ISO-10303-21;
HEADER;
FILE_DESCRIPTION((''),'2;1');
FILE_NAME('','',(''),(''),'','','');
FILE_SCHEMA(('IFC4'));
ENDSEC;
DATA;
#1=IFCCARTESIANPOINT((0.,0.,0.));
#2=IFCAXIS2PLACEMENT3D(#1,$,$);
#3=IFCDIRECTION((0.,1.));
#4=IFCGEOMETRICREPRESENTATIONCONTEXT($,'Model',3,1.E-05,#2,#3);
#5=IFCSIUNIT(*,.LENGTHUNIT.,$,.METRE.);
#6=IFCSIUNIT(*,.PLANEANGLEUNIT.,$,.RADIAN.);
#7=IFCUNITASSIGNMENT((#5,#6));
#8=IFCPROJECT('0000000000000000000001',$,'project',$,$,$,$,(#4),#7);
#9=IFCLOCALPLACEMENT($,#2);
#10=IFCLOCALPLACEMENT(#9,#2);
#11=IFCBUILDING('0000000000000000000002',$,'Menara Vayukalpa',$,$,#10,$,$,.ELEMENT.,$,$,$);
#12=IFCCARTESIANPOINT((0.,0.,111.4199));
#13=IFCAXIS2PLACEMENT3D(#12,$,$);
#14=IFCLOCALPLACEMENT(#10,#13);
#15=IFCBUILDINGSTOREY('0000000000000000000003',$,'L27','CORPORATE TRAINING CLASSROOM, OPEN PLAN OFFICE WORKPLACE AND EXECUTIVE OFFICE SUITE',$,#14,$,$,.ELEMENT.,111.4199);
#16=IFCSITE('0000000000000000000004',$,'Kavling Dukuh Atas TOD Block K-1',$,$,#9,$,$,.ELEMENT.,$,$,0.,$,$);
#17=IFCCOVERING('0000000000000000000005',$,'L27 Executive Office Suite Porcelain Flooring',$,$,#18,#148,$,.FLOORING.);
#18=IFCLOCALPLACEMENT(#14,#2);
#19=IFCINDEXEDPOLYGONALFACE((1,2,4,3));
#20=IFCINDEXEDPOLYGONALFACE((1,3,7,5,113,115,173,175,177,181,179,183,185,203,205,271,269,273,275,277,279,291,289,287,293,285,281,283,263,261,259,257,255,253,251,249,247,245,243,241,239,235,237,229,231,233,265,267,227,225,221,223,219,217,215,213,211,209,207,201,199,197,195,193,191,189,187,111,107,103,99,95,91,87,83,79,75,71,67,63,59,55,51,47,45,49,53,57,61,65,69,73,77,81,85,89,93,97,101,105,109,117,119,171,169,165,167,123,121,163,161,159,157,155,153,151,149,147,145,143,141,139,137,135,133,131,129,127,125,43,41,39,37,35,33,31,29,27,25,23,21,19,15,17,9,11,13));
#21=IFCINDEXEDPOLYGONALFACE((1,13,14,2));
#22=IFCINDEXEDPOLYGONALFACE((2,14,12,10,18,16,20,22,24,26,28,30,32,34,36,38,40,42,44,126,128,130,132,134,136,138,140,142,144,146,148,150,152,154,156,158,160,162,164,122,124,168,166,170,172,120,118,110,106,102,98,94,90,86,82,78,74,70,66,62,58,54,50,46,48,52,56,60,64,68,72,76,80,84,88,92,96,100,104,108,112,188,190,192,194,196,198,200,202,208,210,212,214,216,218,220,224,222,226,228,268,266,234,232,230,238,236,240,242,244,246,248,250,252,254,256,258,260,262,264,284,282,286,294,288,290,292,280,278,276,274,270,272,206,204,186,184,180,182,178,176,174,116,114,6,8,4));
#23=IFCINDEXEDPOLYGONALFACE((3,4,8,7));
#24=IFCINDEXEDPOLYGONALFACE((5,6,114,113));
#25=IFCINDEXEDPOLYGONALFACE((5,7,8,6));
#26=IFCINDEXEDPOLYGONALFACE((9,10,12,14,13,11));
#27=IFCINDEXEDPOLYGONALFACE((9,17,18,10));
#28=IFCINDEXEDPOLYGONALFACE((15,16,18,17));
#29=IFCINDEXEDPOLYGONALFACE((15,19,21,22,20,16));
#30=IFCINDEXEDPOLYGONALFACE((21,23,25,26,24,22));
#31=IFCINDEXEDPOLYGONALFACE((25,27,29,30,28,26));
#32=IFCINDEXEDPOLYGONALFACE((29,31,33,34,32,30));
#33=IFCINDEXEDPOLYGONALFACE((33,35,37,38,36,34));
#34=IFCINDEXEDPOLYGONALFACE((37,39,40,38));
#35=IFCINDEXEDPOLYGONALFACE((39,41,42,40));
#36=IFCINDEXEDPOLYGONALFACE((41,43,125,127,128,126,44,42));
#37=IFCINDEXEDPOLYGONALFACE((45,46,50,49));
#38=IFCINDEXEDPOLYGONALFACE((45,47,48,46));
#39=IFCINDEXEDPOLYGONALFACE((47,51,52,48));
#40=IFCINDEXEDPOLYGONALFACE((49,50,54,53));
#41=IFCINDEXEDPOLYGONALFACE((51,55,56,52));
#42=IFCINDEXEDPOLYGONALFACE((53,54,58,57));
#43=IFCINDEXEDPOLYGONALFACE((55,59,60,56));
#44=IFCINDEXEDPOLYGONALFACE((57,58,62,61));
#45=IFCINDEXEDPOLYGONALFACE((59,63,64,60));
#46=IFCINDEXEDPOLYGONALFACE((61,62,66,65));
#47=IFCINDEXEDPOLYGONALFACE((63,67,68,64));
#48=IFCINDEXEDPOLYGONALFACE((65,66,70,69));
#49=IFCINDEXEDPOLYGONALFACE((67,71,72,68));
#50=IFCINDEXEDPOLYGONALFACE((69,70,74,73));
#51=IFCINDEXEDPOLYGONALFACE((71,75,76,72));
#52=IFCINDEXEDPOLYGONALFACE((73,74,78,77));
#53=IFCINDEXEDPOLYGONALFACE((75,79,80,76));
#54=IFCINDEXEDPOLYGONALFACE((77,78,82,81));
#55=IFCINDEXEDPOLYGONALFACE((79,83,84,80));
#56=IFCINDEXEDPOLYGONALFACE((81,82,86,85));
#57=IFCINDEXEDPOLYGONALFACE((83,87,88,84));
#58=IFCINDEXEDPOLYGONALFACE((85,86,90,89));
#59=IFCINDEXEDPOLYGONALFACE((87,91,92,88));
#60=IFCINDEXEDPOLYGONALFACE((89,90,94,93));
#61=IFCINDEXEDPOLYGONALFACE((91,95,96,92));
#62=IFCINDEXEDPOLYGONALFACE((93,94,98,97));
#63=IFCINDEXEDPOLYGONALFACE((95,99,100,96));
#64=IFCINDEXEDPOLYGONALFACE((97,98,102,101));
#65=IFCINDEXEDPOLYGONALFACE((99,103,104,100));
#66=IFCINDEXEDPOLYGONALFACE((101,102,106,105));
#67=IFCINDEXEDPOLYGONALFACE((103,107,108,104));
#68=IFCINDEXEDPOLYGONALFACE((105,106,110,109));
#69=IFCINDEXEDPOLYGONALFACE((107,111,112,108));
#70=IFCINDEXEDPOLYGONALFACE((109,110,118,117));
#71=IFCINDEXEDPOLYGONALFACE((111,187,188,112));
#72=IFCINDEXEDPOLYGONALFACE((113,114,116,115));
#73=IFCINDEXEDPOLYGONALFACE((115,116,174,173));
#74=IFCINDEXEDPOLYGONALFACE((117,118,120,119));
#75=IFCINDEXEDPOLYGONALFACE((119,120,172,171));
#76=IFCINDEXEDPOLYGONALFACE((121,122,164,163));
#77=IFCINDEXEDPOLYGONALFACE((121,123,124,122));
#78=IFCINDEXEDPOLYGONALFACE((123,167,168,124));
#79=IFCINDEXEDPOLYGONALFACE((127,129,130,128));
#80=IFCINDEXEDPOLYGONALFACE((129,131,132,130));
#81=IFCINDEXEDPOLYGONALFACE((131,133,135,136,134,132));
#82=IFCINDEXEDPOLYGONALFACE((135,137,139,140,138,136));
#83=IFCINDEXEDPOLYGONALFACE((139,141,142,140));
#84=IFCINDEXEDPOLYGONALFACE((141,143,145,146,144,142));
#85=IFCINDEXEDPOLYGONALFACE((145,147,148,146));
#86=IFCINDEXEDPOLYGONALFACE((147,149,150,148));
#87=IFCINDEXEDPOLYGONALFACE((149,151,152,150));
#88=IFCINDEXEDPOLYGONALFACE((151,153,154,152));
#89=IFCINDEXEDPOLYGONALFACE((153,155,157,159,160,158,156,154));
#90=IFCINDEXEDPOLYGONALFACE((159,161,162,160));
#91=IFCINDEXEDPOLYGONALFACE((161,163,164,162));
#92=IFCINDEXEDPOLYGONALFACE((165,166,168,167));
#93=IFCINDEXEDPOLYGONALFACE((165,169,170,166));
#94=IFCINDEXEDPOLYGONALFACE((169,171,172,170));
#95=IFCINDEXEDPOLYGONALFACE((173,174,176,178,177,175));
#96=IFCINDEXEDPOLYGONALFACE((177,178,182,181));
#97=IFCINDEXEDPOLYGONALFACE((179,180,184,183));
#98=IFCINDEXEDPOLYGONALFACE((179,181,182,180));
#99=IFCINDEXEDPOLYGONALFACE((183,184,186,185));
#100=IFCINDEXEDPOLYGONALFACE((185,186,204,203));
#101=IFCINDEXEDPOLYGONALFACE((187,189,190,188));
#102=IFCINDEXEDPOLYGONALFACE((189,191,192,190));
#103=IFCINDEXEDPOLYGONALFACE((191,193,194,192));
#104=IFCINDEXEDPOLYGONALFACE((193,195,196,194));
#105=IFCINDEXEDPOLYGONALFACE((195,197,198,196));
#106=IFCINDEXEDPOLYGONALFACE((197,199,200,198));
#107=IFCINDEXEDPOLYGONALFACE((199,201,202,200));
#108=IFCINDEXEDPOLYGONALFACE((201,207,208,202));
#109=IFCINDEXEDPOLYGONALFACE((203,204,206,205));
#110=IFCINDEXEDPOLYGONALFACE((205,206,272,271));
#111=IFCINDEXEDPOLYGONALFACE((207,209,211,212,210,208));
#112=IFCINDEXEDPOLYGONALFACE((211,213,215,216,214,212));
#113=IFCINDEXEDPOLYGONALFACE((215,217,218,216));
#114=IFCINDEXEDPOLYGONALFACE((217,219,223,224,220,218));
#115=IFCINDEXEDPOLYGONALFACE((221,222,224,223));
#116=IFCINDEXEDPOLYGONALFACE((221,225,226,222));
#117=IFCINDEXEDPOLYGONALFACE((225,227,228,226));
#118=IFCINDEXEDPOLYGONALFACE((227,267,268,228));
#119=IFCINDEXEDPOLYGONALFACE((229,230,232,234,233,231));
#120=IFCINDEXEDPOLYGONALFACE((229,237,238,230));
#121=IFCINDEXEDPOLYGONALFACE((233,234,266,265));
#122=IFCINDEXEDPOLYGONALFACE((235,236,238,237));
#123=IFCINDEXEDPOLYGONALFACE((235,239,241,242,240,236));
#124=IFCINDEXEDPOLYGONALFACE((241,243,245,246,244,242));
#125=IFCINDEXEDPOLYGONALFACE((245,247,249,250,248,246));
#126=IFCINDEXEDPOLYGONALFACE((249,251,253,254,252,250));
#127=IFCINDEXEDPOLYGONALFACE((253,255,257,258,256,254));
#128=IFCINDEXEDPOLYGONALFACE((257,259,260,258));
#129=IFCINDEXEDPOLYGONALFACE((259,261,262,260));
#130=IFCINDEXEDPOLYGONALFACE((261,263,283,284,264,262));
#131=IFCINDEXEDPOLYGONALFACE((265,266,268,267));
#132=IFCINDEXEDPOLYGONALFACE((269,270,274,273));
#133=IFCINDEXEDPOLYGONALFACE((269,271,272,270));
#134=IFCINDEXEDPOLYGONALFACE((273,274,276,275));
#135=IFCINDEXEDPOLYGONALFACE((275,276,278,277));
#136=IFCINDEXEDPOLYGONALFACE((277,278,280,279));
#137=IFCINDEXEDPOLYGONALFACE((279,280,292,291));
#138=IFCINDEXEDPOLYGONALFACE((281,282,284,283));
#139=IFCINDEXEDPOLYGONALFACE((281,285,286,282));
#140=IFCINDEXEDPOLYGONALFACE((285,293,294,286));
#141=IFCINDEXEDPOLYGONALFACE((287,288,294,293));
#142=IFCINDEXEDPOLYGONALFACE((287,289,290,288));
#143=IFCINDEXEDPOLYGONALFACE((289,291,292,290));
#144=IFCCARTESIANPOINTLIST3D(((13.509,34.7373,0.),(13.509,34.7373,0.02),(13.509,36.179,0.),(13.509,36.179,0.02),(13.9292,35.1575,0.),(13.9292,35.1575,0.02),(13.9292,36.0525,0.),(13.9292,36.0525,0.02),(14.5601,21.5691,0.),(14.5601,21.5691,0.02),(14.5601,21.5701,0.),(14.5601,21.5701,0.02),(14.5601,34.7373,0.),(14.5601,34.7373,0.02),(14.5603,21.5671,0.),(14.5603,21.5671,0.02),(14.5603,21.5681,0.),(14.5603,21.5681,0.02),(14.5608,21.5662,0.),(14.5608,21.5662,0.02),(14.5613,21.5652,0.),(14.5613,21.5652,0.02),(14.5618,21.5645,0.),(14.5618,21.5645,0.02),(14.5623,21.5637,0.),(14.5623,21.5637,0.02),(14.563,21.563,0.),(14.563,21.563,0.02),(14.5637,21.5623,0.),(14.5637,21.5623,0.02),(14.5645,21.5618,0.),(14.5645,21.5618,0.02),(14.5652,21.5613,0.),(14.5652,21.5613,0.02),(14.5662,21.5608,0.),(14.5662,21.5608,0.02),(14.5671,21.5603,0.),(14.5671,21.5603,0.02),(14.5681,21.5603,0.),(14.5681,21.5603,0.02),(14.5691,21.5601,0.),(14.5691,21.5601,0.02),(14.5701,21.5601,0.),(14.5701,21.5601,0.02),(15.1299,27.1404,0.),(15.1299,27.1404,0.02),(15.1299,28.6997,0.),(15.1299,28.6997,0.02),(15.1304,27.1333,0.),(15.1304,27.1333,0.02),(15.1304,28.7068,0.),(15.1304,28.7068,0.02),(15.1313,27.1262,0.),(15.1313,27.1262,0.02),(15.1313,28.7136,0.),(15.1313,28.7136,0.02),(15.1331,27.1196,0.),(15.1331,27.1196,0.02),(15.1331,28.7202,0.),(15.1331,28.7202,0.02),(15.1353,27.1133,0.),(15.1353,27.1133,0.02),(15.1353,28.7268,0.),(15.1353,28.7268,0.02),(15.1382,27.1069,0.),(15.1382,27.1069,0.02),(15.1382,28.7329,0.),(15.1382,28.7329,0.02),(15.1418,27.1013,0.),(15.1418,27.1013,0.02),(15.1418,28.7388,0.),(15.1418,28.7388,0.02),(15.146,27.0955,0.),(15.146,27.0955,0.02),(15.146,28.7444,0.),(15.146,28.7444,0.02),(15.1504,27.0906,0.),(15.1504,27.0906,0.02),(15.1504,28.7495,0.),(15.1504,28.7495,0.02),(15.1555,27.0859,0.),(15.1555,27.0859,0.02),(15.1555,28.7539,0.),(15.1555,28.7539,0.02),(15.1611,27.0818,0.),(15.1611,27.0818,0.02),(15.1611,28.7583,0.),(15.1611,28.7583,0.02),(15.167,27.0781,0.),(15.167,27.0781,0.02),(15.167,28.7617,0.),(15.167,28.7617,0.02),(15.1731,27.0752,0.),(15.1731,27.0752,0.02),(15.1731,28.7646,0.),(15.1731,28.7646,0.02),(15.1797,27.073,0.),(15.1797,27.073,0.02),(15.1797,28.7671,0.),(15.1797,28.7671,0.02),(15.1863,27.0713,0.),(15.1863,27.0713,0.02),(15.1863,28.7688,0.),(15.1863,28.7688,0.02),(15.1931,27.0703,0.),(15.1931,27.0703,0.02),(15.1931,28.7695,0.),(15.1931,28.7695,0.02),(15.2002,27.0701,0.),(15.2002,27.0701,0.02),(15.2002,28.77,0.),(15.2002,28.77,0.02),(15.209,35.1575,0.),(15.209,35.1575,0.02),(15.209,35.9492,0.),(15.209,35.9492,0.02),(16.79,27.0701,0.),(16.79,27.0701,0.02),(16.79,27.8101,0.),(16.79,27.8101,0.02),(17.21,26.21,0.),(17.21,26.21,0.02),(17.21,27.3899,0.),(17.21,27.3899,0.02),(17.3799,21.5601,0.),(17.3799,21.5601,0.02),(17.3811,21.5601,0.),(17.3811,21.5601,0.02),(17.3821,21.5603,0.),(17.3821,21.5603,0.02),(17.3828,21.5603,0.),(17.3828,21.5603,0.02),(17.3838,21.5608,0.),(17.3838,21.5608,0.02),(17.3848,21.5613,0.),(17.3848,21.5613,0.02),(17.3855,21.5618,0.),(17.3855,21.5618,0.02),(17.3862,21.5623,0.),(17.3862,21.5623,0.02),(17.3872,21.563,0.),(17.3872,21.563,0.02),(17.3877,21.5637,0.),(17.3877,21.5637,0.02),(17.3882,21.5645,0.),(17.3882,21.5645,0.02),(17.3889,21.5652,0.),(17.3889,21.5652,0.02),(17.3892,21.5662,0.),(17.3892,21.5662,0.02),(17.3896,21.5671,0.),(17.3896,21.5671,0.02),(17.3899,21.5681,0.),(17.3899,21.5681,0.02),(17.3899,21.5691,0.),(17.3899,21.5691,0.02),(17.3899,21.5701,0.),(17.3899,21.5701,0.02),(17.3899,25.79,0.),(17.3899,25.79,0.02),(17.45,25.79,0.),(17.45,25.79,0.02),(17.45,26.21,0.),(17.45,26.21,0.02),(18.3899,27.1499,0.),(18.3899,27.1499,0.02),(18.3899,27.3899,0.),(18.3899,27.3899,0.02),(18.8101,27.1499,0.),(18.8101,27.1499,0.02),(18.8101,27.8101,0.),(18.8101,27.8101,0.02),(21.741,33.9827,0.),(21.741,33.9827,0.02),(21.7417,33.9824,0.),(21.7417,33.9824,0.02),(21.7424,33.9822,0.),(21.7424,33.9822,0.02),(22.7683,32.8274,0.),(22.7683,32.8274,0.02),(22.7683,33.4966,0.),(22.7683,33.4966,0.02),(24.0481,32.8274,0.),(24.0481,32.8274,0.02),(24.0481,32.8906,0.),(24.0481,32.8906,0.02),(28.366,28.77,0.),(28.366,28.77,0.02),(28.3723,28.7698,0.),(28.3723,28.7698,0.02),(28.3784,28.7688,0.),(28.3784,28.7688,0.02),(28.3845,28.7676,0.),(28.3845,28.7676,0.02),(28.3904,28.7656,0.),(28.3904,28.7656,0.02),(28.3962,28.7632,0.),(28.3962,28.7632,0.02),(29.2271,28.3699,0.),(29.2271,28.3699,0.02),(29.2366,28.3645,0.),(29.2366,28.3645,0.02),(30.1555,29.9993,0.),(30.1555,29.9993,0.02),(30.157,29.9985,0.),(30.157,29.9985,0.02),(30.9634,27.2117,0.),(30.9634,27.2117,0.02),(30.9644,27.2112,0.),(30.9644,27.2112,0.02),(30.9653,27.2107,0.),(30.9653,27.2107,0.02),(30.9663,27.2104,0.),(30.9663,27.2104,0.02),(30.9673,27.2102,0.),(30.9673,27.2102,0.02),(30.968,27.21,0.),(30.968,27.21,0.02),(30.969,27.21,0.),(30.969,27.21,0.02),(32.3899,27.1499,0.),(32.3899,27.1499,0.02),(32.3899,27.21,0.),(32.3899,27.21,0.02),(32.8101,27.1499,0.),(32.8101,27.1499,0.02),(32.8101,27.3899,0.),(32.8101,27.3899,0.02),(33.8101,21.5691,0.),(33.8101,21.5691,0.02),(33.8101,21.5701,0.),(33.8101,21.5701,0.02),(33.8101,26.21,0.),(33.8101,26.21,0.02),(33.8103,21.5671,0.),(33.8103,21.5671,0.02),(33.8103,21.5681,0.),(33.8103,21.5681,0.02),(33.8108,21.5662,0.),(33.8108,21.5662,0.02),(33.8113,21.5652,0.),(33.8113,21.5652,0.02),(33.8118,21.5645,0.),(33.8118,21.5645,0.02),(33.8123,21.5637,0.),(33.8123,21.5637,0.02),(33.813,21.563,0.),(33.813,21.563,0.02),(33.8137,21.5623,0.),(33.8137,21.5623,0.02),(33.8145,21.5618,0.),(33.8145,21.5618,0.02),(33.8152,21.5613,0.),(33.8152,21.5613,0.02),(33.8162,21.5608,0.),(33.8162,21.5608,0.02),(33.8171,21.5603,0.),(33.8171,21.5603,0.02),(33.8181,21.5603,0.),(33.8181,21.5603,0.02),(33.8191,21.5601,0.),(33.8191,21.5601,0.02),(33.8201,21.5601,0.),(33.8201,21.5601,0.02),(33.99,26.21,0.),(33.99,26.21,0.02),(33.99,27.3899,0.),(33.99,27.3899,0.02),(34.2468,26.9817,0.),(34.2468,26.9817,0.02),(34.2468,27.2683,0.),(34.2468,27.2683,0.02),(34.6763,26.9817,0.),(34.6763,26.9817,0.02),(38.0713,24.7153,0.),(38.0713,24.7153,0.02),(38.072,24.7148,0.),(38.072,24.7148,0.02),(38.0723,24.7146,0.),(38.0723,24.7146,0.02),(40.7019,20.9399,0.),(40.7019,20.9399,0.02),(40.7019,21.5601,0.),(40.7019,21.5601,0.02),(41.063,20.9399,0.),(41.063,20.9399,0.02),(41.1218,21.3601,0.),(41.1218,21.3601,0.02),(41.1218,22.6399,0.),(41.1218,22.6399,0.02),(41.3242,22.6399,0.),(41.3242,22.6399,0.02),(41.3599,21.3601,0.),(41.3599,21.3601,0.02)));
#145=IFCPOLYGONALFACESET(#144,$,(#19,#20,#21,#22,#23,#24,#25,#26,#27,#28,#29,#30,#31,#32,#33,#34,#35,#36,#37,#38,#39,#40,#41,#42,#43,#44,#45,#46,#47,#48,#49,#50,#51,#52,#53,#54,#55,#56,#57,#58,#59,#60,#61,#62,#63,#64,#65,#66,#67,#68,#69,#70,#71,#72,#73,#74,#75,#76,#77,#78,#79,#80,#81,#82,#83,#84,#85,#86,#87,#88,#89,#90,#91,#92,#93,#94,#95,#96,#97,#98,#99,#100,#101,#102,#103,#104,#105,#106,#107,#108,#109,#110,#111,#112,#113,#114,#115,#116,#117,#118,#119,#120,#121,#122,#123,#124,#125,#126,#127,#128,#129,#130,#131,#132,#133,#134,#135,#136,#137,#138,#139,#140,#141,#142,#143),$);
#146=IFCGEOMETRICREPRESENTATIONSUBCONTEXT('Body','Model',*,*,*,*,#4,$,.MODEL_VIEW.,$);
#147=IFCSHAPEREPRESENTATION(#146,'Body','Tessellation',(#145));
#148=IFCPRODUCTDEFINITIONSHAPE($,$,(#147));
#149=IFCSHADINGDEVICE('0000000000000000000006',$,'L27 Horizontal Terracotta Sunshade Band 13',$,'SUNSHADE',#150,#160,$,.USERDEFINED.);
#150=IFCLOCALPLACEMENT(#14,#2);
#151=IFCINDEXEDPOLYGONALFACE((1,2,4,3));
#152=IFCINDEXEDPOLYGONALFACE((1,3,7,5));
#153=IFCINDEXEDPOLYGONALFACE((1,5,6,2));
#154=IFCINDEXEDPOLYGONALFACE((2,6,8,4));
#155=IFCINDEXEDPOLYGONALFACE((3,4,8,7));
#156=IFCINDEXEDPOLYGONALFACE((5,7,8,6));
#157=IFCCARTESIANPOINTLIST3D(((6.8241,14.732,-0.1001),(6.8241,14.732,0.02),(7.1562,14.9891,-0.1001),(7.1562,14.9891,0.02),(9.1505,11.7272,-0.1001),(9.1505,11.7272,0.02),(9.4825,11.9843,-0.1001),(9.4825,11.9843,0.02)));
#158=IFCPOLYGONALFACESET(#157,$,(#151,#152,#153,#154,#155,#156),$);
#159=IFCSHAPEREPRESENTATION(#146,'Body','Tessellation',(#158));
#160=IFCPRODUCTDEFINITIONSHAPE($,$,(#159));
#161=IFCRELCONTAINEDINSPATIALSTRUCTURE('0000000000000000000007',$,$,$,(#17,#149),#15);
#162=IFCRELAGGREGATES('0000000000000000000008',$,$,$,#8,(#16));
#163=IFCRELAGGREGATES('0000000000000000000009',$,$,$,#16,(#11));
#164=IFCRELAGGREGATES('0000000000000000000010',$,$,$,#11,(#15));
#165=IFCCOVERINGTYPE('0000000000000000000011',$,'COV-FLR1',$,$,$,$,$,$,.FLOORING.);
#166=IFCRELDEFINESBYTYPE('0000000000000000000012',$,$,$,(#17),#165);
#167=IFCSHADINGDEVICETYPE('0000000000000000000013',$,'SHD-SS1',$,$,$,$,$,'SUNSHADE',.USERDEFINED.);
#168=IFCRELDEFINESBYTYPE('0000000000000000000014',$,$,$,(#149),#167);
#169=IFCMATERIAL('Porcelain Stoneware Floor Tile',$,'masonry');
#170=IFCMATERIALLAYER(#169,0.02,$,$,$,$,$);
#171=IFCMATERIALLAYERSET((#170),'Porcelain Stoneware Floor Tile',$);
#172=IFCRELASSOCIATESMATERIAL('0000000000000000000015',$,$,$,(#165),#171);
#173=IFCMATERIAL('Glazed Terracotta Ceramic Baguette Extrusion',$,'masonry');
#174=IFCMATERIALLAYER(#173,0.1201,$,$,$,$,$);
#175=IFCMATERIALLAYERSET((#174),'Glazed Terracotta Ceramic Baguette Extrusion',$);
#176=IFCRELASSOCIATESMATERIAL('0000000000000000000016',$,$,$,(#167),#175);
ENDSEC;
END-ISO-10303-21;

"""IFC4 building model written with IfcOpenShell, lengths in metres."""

from ifc_helpers import new_model, si_unit, direction, frame, origin, origin_2d, place, context, subcontext, project, spatial, polyline, rectangle, outline, extrude, material, layer, layer_set, type_object, element, save


model = new_model("IFC4")

# Units and contexts
model_context = context("Model", 3, precision=1e-05, world=origin(), true_north=direction((0.0, 1.0)))
body_context = subcontext(model_context, "Body", "Model", "MODEL_VIEW")
ifc_project = project(units=[si_unit("LENGTHUNIT", "METRE"), si_unit("PLANEANGLEUNIT", "RADIAN")], contexts=[model_context])

# Site, building, storey
site_placement = place(None, origin())
site = spatial("IfcSite", under=ifc_project, at=site_placement, Name="Kavling Dukuh Atas TOD Block K-1", CompositionType="ELEMENT", RefElevation=0.0)
building_placement = place(site_placement, origin())
building = spatial("IfcBuilding", under=site, at=building_placement, Name="Menara Vayukalpa", CompositionType="ELEMENT")
storey_placement = place(building_placement, frame((0.0, 0.0, 111.4199)))
storey = spatial("IfcBuildingStorey", under=building, at=storey_placement, Name="L27", Description="CORPORATE TRAINING CLASSROOM, OPEN PLAN OFFICE WORKPLACE AND EXECUTIVE OFFICE SUITE", CompositionType="ELEMENT", Elevation=111.4199)

# Covering
ifc_material_1 = material(Name="Porcelain Stoneware Floor Tile", Category="masonry")
ifc_layer_1 = layer(ifc_material_1, 0.02)
ifc_layer_set_1 = layer_set([ifc_layer_1], Name="Porcelain Stoneware Floor Tile")
covering_type_1 = type_object("IfcCoveringType", Name="COV-FLR1", PredefinedType="FLOORING", material=ifc_layer_set_1)
covering_1_placement = place(storey_placement, origin())
element("IfcCovering", 1, at=covering_1_placement, inside=storey, type_object=covering_type_1, Name="L27 Executive Office Suite Porcelain Flooring", PredefinedType="FLOORING", context=body_context, shape_type="SweptSolid", body=[
    extrude(outline(polyline([(40.7019, 20.9399), (40.7019, 21.5601), (33.8201, 21.5601), (33.8191, 21.5601), (33.8181, 21.5603), (33.8171, 21.5603), (33.8162, 21.5608), (33.8152, 21.5613), (33.8145, 21.5618), (33.8137, 21.5623), (33.813, 21.563), (33.8123, 21.5637), (33.8118, 21.5645), (33.8113, 21.5652), (33.8108, 21.5662), (33.8103, 21.5671), (33.8103, 21.5681), (33.8101, 21.5691), (33.8101, 21.5701), (33.8101, 26.21), (33.99, 26.21), (33.99, 27.3899), (32.8101, 27.3899), (32.8101, 27.1499), (32.3899, 27.1499), (32.3899, 27.21), (30.969, 27.21), (30.968, 27.21), (30.9673, 27.2102), (30.9663, 27.2104), (30.9653, 27.2107), (30.9644, 27.2112), (30.9634, 27.2117), (29.2366, 28.3645), (29.2271, 28.3699), (28.3962, 28.7632), (28.3904, 28.7656), (28.3845, 28.7676), (28.3784, 28.7688), (28.3723, 28.7698), (28.366, 28.77), (15.2002, 28.77), (15.1931, 28.7695), (15.1863, 28.7688), (15.1797, 28.7671), (15.1731, 28.7646), (15.167, 28.7617), (15.1611, 28.7583), (15.1555, 28.7539), (15.1504, 28.7495), (15.146, 28.7444), (15.1418, 28.7388), (15.1382, 28.7329), (15.1353, 28.7268), (15.1331, 28.7202), (15.1313, 28.7136), (15.1304, 28.7068), (15.1299, 28.6997), (15.1299, 27.1404), (15.1304, 27.1333), (15.1313, 27.1262), (15.1331, 27.1196), (15.1353, 27.1133), (15.1382, 27.1069), (15.1418, 27.1013), (15.146, 27.0955), (15.1504, 27.0906), (15.1555, 27.0859), (15.1611, 27.0818), (15.167, 27.0781), (15.1731, 27.0752), (15.1797, 27.073), (15.1863, 27.0713), (15.1931, 27.0703), (15.2002, 27.0701), (16.79, 27.0701), (16.79, 27.8101), (18.8101, 27.8101), (18.8101, 27.1499), (18.3899, 27.1499), (18.3899, 27.3899), (17.21, 27.3899), (17.21, 26.21), (17.45, 26.21), (17.45, 25.79), (17.3899, 25.79), (17.3899, 21.5701), (17.3899, 21.5691), (17.3899, 21.5681), (17.3896, 21.5671), (17.3892, 21.5662), (17.3889, 21.5652), (17.3882, 21.5645), (17.3877, 21.5637), (17.3872, 21.563), (17.3862, 21.5623), (17.3855, 21.5618), (17.3848, 21.5613), (17.3838, 21.5608), (17.3828, 21.5603), (17.3821, 21.5603), (17.3811, 21.5601), (17.3799, 21.5601), (14.5701, 21.5601), (14.5691, 21.5601), (14.5681, 21.5603), (14.5671, 21.5603), (14.5662, 21.5608), (14.5652, 21.5613), (14.5645, 21.5618), (14.5637, 21.5623), (14.563, 21.563), (14.5623, 21.5637), (14.5618, 21.5645), (14.5613, 21.5652), (14.5608, 21.5662), (14.5603, 21.5671), (14.5603, 21.5681), (14.5601, 21.5691), (14.5601, 21.5701), (14.5601, 34.7373), (13.509, 34.7373), (13.509, 36.179), (13.9292, 36.0525), (13.9292, 35.1575), (15.209, 35.1575), (15.209, 35.9492), (21.741, 33.9827), (21.7417, 33.9824), (21.7424, 33.9822), (22.7683, 33.4966), (22.7683, 32.8274), (24.0481, 32.8274), (24.0481, 32.8906), (30.1555, 29.9993), (30.157, 29.9985), (34.2468, 27.2683), (34.2468, 26.9817), (34.6763, 26.9817), (38.0713, 24.7153), (38.072, 24.7148), (38.0723, 24.7146), (41.3242, 22.6399), (41.1218, 22.6399), (41.1218, 21.3601), (41.3599, 21.3601), (41.063, 20.9399), (40.7019, 20.9399)])), origin(), (0.0, 0.0, 1.0), 0.02),
])

# Shading device
ifc_material_2 = material(Name="Glazed Terracotta Ceramic Baguette Extrusion", Category="masonry")
ifc_layer_2 = layer(ifc_material_2, 0.1201)
ifc_layer_set_2 = layer_set([ifc_layer_2], Name="Glazed Terracotta Ceramic Baguette Extrusion")
shading_device_type = type_object("IfcShadingDeviceType", Name="SHD-SS1", ElementType="SUNSHADE", PredefinedType="USERDEFINED", material=ifc_layer_set_2)
shading_device_placement = place(storey_placement, frame((8.1533, 13.3582, -0.1001), z_axis=(0.0, 0.0, 1.0), x_axis=(0.61219, -0.790711, 0.0)))
element("IfcShadingDevice", 2, at=shading_device_placement, inside=storey, type_object=shading_device_type, Name="L27 Horizontal Terracotta Sunshade Band 13", ObjectType="SUNSHADE", PredefinedType="USERDEFINED", context=body_context, shape_type="SweptSolid", body=[
    extrude(rectangle(XDim=3.8, YDim=0.4199, at=origin_2d()), origin(), (0.0, 0.0, 1.0), 0.1201),
])

save(model, "model.ifc")
